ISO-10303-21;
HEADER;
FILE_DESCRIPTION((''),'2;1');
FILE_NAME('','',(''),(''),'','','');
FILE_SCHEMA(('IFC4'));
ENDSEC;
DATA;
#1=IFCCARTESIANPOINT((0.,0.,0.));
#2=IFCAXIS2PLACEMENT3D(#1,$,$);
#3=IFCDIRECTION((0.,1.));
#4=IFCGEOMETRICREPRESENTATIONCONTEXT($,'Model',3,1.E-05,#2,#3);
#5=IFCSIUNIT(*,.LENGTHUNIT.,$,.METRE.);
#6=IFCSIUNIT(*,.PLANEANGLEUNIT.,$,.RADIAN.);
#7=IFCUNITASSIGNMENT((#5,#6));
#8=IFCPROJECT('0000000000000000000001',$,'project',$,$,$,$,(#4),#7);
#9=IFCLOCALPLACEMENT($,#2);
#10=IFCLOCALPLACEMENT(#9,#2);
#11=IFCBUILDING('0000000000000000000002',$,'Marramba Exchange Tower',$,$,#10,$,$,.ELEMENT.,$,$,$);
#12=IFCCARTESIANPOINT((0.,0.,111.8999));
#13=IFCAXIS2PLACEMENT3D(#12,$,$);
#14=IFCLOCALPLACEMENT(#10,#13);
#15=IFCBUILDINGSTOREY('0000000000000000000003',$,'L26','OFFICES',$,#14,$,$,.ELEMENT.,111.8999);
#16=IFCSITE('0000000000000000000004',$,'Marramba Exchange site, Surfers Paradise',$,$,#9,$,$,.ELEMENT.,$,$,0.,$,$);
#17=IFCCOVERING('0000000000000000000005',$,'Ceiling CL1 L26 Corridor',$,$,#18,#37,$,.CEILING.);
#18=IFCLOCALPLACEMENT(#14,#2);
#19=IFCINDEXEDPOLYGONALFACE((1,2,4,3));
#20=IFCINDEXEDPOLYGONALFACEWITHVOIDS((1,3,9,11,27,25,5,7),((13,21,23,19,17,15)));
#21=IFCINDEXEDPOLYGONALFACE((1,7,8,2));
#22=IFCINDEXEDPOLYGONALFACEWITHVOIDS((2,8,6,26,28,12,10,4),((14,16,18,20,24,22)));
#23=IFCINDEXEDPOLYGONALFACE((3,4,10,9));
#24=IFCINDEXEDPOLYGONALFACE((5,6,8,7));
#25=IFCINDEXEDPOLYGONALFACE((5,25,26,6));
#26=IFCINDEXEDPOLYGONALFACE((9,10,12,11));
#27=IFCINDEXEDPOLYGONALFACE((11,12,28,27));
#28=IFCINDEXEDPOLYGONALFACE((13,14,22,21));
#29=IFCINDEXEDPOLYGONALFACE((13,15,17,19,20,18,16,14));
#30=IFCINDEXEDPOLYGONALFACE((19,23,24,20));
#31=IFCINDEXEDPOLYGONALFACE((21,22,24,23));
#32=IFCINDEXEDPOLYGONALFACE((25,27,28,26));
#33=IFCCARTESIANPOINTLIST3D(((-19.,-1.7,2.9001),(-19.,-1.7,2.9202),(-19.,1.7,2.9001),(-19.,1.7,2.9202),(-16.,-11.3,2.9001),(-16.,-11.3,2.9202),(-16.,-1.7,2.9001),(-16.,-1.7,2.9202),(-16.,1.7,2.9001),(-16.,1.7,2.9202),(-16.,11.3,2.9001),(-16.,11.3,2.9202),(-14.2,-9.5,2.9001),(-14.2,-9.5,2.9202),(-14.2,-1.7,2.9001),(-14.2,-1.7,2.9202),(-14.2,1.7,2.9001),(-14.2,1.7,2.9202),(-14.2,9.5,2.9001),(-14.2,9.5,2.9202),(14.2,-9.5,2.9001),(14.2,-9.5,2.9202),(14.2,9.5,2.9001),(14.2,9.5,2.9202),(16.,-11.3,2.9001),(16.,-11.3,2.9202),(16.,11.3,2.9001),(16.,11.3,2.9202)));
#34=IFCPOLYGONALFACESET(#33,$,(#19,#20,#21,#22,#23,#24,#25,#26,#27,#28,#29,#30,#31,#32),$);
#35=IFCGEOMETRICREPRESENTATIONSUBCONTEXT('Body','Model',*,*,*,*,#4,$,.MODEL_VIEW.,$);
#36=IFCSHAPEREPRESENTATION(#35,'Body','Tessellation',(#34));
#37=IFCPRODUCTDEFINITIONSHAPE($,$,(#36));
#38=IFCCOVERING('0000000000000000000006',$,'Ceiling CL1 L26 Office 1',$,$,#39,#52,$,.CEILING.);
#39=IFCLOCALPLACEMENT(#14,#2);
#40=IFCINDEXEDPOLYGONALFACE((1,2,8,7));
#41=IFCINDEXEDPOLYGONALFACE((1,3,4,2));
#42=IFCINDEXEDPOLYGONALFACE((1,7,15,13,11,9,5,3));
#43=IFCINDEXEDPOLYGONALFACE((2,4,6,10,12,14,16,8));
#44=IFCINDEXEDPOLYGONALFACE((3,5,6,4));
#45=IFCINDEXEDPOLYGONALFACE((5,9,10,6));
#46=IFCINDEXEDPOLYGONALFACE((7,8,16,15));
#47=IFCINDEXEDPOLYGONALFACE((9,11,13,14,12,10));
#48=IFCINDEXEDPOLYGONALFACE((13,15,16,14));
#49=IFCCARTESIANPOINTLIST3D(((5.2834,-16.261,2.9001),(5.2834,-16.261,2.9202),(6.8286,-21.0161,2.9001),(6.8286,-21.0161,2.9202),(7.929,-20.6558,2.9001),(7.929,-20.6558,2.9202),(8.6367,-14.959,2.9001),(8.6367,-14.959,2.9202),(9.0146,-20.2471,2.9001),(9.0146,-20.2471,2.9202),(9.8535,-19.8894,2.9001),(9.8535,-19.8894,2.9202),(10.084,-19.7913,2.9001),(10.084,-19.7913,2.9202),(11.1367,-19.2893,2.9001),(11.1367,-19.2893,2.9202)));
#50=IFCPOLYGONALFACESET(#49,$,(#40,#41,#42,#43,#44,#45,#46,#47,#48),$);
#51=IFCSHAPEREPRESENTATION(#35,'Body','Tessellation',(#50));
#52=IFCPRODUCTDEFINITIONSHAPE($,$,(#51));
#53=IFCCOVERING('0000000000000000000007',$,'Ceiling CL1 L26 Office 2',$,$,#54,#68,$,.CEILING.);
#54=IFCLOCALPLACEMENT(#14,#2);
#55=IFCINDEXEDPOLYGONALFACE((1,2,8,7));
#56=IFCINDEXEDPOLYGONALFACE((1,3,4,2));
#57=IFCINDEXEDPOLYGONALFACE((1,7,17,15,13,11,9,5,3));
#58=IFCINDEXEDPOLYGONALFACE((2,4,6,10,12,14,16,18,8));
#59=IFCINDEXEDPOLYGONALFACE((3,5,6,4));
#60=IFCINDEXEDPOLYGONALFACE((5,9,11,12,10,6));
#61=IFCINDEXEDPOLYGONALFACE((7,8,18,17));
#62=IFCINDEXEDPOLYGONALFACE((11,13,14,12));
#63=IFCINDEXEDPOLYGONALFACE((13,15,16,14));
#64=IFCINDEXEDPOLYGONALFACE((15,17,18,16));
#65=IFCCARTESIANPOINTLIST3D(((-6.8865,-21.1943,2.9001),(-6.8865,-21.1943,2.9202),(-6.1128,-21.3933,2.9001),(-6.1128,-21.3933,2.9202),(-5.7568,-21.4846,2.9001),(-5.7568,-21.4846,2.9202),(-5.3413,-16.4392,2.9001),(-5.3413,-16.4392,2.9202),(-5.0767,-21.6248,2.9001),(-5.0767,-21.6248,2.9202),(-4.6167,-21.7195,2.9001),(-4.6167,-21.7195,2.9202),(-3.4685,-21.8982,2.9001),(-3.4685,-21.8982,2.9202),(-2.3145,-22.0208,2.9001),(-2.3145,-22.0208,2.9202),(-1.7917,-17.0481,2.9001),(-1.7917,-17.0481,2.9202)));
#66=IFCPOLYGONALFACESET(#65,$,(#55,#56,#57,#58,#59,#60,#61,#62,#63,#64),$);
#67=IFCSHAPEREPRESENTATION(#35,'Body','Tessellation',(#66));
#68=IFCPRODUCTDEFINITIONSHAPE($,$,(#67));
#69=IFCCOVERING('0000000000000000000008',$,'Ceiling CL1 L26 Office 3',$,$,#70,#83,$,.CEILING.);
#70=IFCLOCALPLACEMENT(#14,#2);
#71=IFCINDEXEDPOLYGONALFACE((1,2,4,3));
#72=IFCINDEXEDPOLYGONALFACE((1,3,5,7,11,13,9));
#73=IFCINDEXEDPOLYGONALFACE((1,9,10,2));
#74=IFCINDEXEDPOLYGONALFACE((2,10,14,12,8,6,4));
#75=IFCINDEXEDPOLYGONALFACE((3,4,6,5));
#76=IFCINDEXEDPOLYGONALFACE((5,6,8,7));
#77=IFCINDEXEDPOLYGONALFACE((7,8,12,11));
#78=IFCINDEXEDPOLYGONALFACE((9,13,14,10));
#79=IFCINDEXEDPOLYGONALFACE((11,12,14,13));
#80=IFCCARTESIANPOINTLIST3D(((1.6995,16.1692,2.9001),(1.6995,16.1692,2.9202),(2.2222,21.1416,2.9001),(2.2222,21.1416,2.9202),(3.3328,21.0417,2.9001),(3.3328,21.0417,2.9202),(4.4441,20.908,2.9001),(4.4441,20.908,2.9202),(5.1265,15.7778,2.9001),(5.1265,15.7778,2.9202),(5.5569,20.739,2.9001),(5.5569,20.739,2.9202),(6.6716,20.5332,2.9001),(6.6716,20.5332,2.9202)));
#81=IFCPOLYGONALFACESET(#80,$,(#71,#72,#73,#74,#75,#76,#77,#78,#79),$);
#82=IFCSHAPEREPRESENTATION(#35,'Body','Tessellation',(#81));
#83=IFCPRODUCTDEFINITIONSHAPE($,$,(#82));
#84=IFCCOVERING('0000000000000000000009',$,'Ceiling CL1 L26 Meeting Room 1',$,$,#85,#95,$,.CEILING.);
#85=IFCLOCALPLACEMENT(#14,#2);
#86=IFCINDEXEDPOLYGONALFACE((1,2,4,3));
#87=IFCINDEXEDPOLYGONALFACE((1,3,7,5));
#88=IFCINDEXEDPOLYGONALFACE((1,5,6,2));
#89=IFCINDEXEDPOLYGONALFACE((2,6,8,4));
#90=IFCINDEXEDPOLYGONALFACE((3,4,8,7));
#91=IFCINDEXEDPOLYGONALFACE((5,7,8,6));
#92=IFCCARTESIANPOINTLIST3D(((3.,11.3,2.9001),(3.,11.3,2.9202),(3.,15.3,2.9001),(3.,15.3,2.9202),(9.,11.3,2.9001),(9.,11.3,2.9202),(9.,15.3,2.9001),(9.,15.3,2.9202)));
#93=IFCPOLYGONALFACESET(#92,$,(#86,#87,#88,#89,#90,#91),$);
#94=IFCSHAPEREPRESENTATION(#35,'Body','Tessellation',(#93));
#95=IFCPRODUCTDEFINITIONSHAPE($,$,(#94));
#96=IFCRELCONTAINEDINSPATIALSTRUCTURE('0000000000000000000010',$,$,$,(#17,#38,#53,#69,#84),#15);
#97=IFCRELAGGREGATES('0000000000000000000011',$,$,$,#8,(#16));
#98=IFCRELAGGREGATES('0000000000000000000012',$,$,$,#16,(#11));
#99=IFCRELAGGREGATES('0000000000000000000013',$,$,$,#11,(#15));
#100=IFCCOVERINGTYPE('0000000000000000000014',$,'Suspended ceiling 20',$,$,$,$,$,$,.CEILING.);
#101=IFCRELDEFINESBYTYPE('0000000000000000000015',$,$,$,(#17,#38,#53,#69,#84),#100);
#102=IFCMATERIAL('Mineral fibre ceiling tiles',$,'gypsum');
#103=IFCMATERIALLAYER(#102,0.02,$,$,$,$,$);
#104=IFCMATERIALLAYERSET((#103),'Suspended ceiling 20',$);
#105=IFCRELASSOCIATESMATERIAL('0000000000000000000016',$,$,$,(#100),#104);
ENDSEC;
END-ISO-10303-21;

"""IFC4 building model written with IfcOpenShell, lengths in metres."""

from ifc_helpers import new_model, si_unit, direction, frame, origin, place, context, subcontext, project, spatial, polyline, outline, extrude, material, layer, layer_set, type_object, element, save


model = new_model("IFC4")

# Units and contexts
model_context = context("Model", 3, precision=1e-05, world=origin(), true_north=direction((0.0, 1.0)))
body_context = subcontext(model_context, "Body", "Model", "MODEL_VIEW")
ifc_project = project(units=[si_unit("LENGTHUNIT", "METRE"), si_unit("PLANEANGLEUNIT", "RADIAN")], contexts=[model_context])

# Site, building, storey
site_placement = place(None, origin())
site = spatial("IfcSite", under=ifc_project, at=site_placement, Name="Marramba Exchange site, Surfers Paradise", CompositionType="ELEMENT", RefElevation=0.0)
building_placement = place(site_placement, origin())
building = spatial("IfcBuilding", under=site, at=building_placement, Name="Marramba Exchange Tower", CompositionType="ELEMENT")
storey_placement = place(building_placement, frame((0.0, 0.0, 111.8999)))
storey = spatial("IfcBuildingStorey", under=building, at=storey_placement, Name="L26", Description="OFFICES", CompositionType="ELEMENT", Elevation=111.8999)

# Coverings
ifc_material_1 = material(Name="Mineral fibre ceiling tiles", Category="gypsum")
ifc_layer_1 = layer(ifc_material_1, 0.02)
ifc_layer_set_1 = layer_set([ifc_layer_1], Name="Suspended ceiling 20")
covering_type = type_object("IfcCoveringType", Name="Suspended ceiling 20", PredefinedType="CEILING", material=ifc_layer_set_1)
covering_1_placement = place(storey_placement, frame((0.0, 0.0, 2.9001)))
element("IfcCovering", 1, at=covering_1_placement, inside=storey, type_object=covering_type, Name="Ceiling CL1 L26 Corridor", PredefinedType="CEILING", context=body_context, shape_type="SweptSolid", body=[
    extrude(outline(polyline([(-16.0, 11.3), (16.0, 11.3), (16.0, -11.3), (-16.0, -11.3), (-16.0, -1.7), (-19.0, -1.7), (-19.0, 1.7), (-16.0, 1.7), (-16.0, 11.3)]), holes=[polyline([(14.2, 9.5), (-14.2, 9.5), (-14.2, 1.7), (-14.2, -1.7), (-14.2, -9.5), (14.2, -9.5), (14.2, 9.5)])]), origin(), (0.0, 0.0, 1.0), 0.02),
])
covering_2_placement = place(storey_placement, frame((0.0, 0.0, 2.9001)))
element("IfcCovering", 2, at=covering_2_placement, inside=storey, type_object=covering_type, Name="Ceiling CL1 L26 Office 1", PredefinedType="CEILING", context=body_context, shape_type="SweptSolid", body=[
    extrude(outline(polyline([(10.084, -19.7913), (9.8535, -19.8894), (9.0146, -20.2471), (7.929, -20.6558), (6.8286, -21.0161), (5.2834, -16.261), (8.6367, -14.959), (11.1367, -19.2893), (10.084, -19.7913)])), origin(), (0.0, 0.0, 1.0), 0.02),
])
covering_3_placement = place(storey_placement, frame((0.0, 0.0, 2.9001)))
element("IfcCovering", 3, at=covering_3_placement, inside=storey, type_object=covering_type, Name="Ceiling CL1 L26 Office 2", PredefinedType="CEILING", context=body_context, shape_type="SweptSolid", body=[
    extrude(outline(polyline([(-3.4685, -21.8982), (-4.6167, -21.7195), (-5.0767, -21.6248), (-5.7568, -21.4846), (-6.1128, -21.3933), (-6.8865, -21.1943), (-5.3413, -16.4392), (-1.7917, -17.0481), (-2.3145, -22.0208), (-3.4685, -21.8982)])), origin(), (0.0, 0.0, 1.0), 0.02),
])
covering_4_placement = place(storey_placement, frame((0.0, 0.0, 2.9001)))
element("IfcCovering", 4, at=covering_4_placement, inside=storey, type_object=covering_type, Name="Ceiling CL1 L26 Office 3", PredefinedType="CEILING", context=body_context, shape_type="SweptSolid", body=[
    extrude(outline(polyline([(3.3328, 21.0417), (4.4441, 20.908), (5.5569, 20.739), (6.6716, 20.5332), (5.1265, 15.7778), (1.6995, 16.1692), (2.2222, 21.1416), (3.3328, 21.0417)])), origin(), (0.0, 0.0, 1.0), 0.02),
])
covering_5_placement = place(storey_placement, frame((0.0, 0.0, 2.9001)))
element("IfcCovering", 5, at=covering_5_placement, inside=storey, type_object=covering_type, Name="Ceiling CL1 L26 Meeting Room 1", PredefinedType="CEILING", context=body_context, shape_type="SweptSolid", body=[
    extrude(outline(polyline([(9.0, 11.3), (3.0, 11.3), (3.0, 15.3), (9.0, 15.3), (9.0, 11.3)])), origin(), (0.0, 0.0, 1.0), 0.02),
])

save(model, "model.ifc")
